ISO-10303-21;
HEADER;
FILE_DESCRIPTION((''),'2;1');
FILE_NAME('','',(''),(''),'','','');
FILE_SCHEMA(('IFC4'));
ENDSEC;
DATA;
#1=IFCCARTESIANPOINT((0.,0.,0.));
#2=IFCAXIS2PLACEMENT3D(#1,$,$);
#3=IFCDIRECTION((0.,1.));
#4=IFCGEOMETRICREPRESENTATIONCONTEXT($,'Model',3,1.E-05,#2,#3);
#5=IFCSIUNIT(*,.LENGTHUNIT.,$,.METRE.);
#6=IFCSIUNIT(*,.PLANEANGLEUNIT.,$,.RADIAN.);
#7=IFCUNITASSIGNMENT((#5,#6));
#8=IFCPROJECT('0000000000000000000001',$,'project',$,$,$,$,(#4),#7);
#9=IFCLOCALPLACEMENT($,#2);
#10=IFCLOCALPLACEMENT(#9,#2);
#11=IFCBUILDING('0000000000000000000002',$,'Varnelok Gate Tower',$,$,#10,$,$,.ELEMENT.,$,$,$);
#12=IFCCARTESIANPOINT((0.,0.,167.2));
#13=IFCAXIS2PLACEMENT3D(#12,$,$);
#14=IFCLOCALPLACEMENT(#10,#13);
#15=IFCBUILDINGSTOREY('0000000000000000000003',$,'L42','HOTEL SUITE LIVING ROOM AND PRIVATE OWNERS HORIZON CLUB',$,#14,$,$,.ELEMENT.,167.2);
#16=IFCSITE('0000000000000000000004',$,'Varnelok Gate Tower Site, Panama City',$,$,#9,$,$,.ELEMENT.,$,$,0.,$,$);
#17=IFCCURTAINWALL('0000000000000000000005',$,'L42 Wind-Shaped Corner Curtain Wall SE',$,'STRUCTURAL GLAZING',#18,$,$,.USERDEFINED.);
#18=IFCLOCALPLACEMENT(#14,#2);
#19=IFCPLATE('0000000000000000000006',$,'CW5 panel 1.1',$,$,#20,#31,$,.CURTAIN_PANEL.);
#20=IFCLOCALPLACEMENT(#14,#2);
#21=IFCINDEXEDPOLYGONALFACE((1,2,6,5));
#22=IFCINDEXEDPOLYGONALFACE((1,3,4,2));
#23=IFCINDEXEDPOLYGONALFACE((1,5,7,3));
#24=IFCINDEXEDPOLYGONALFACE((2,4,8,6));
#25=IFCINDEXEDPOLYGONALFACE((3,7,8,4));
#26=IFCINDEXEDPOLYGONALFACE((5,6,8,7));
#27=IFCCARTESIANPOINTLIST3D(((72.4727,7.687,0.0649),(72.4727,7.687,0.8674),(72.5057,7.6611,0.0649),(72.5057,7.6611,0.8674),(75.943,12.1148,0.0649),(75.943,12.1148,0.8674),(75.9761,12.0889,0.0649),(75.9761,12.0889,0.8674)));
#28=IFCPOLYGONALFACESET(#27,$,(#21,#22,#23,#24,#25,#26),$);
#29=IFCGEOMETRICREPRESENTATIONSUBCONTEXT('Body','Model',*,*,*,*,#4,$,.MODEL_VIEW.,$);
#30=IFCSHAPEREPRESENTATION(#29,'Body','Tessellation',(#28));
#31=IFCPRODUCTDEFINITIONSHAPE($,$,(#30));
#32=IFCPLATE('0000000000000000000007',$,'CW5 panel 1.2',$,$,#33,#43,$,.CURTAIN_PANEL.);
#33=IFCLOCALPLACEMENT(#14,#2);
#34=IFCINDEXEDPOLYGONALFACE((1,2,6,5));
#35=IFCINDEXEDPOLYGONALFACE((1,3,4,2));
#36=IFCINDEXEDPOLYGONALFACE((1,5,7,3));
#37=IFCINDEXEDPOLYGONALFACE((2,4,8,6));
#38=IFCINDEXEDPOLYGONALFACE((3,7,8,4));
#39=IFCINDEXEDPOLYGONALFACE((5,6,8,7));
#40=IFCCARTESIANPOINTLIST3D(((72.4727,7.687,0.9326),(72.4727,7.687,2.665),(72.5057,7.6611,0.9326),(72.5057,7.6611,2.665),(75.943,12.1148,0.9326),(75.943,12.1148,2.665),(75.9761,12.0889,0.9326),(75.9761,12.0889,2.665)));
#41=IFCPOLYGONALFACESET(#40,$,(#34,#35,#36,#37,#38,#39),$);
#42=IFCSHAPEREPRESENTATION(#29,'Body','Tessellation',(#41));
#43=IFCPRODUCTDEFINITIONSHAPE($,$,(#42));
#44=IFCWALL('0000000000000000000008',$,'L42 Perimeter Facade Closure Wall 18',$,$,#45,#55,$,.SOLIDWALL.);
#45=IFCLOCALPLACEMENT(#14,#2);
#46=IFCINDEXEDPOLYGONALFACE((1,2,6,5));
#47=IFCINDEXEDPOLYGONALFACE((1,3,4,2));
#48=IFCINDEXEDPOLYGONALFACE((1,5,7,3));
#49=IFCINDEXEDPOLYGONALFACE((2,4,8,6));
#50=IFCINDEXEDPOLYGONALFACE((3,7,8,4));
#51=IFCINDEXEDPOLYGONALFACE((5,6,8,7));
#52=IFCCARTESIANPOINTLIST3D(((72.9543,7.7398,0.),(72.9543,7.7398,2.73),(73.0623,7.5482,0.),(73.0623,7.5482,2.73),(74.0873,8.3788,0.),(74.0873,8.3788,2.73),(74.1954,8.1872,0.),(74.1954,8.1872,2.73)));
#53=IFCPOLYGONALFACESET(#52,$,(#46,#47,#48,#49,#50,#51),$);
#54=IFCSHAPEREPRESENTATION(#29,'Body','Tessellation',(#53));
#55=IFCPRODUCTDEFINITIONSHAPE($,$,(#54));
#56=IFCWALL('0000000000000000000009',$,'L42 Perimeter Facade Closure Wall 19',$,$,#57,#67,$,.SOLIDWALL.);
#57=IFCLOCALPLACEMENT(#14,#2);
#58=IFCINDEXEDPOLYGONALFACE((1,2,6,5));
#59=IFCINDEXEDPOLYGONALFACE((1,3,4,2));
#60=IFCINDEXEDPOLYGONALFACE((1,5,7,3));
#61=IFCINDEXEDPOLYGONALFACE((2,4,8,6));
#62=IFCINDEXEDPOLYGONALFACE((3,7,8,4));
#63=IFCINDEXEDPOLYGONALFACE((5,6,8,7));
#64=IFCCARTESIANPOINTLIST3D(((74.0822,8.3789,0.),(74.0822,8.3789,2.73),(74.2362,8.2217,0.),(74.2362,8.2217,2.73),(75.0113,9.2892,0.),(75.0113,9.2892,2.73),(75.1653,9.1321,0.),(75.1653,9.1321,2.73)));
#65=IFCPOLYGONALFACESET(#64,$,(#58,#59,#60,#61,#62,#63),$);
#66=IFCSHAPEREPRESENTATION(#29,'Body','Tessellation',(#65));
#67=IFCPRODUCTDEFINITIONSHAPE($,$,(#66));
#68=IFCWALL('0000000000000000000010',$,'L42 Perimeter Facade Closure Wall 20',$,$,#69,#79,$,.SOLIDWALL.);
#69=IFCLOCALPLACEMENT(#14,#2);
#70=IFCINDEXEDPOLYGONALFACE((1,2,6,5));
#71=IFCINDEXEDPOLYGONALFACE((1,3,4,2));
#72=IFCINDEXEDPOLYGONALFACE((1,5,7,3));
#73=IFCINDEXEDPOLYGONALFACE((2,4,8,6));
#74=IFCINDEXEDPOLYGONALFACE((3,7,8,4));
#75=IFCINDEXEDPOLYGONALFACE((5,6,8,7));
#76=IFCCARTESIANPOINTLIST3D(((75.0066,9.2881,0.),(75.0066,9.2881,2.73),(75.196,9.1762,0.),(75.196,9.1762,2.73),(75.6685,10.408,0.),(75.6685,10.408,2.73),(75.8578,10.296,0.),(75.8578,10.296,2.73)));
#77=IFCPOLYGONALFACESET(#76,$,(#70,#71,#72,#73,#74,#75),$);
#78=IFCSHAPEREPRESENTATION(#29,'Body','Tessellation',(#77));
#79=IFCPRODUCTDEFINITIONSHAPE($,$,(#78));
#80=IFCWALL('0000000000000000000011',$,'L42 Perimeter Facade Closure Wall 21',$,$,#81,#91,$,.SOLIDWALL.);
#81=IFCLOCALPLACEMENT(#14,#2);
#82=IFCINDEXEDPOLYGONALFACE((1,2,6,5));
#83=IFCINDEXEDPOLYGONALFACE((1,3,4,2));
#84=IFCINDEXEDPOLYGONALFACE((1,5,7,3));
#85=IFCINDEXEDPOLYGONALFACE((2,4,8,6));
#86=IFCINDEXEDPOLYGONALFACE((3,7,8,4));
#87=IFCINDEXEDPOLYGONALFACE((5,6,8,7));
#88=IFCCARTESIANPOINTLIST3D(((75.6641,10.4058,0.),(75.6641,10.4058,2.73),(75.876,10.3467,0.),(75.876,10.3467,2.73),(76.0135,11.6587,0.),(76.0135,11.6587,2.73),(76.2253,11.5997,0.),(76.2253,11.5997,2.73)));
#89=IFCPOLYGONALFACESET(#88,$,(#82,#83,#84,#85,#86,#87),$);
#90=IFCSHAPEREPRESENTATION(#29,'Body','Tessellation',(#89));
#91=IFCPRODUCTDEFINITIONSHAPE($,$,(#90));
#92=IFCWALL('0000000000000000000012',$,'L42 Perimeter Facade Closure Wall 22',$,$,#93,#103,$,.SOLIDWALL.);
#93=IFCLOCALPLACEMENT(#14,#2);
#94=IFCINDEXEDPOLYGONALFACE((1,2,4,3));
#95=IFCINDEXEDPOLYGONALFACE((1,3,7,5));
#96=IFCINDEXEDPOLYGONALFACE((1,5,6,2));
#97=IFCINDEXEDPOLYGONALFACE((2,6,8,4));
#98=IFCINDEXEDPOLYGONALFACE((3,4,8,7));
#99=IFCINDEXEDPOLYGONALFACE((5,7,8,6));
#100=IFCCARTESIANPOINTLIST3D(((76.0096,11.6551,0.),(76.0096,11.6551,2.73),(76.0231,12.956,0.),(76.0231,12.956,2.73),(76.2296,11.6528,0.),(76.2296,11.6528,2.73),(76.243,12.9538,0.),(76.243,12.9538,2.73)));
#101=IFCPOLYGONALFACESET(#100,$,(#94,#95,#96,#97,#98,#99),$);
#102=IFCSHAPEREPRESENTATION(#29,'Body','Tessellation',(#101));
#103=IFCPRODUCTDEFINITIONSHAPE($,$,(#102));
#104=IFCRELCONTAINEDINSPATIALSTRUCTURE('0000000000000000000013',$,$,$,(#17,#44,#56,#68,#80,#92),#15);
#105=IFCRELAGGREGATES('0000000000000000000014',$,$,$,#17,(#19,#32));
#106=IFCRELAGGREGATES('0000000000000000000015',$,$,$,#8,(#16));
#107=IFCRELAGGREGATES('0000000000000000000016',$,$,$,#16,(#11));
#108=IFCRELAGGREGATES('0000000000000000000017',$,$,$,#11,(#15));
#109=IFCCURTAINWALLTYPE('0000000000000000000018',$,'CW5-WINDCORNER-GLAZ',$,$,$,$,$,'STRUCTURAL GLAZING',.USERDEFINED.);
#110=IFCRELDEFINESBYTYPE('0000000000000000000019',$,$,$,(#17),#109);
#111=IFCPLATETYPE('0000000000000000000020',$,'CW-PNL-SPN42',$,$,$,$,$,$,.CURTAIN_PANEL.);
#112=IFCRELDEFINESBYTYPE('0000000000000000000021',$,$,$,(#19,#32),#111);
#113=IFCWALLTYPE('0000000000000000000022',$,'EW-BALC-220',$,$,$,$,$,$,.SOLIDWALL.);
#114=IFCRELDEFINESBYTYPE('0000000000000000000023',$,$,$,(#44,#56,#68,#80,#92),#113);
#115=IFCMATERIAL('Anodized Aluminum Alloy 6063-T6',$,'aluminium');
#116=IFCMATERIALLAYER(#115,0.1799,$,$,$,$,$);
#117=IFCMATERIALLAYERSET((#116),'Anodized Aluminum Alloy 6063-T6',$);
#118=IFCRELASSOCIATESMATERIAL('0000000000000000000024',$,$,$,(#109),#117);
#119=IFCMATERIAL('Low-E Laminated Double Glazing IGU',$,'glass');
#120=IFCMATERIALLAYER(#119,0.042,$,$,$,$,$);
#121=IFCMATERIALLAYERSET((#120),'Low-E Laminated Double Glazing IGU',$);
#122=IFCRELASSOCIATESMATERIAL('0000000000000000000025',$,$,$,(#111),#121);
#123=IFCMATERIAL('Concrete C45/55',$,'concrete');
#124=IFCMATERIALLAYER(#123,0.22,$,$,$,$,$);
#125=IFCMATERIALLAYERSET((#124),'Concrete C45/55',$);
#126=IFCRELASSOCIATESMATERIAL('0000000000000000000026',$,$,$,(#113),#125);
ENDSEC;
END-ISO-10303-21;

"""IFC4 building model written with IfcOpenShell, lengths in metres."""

from ifc_helpers import new_model, si_unit, direction, frame, frame_2d, origin, origin_2d, place, context, subcontext, project, spatial, rectangle, extrude, source, transform, mapped, material, layer, layer_set, type_object, element, aggregate, save


model = new_model("IFC4")

# Units and contexts
model_context = context("Model", 3, precision=1e-05, world=origin(), true_north=direction((0.0, 1.0)))
body_context = subcontext(model_context, "Body", "Model", "MODEL_VIEW")
ifc_project = project(units=[si_unit("LENGTHUNIT", "METRE"), si_unit("PLANEANGLEUNIT", "RADIAN")], contexts=[model_context])

# Site, building, storey
site_placement = place(None, origin())
site = spatial("IfcSite", under=ifc_project, at=site_placement, Name="Varnelok Gate Tower Site, Panama City", CompositionType="ELEMENT", RefElevation=0.0)
building_placement = place(site_placement, origin())
building = spatial("IfcBuilding", under=site, at=building_placement, Name="Varnelok Gate Tower", CompositionType="ELEMENT")
storey_placement = place(building_placement, frame((0.0, 0.0, 167.2)))
storey = spatial("IfcBuildingStorey", under=building, at=storey_placement, Name="L42", Description="HOTEL SUITE LIVING ROOM AND PRIVATE OWNERS HORIZON CLUB", CompositionType="ELEMENT", Elevation=167.2)

# Curtain wall
ifc_material_1 = material(Name="Anodized Aluminum Alloy 6063-T6", Category="aluminium")
ifc_layer_1 = layer(ifc_material_1, 0.1799)
ifc_layer_set_1 = layer_set([ifc_layer_1], Name="Anodized Aluminum Alloy 6063-T6")
curtain_wall_type_1 = type_object("IfcCurtainWallType", Name="CW5-WINDCORNER-GLAZ", ElementType="STRUCTURAL GLAZING", PredefinedType="USERDEFINED", material=ifc_layer_set_1)
curtain_wall_1_placement = place(storey_placement, origin())
curtain_wall_1 = element("IfcCurtainWall", 1, at=curtain_wall_1_placement, inside=storey, type_object=curtain_wall_type_1, Name="L42 Wind-Shaped Corner Curtain Wall SE", ObjectType="STRUCTURAL GLAZING", PredefinedType="USERDEFINED")

# Shared definitions
ifc_material_2 = material(Name="Low-E Laminated Double Glazing IGU", Category="glass")

# Plates
ifc_layer_2 = layer(ifc_material_2, 0.042)
ifc_layer_set_2 = layer_set([ifc_layer_2], Name="Low-E Laminated Double Glazing IGU")
plate_type_1 = type_object("IfcPlateType", Name="CW-PNL-SPN42", PredefinedType="CURTAIN_PANEL", material=ifc_layer_set_2)
shared_shape_1 = source(origin(), body_context, "Body", "SweptSolid", [
    extrude(rectangle(XDim=5.6257, YDim=0.042, at=origin_2d()), origin(), (0.0, 0.0, 1.0), 0.8025),
])
plate_1_placement = place(storey_placement, frame((74.2244, 9.8879, 0.0649), z_axis=(0.0, 0.0, 1.0), x_axis=(0.616871, 0.787064, 0.0)))
plate_1 = element("IfcPlate", 2, at=plate_1_placement, type_object=plate_type_1, Name="CW5 panel 1.1", PredefinedType="CURTAIN_PANEL", context=body_context, shape_type="MappedRepresentation", body=[
    mapped(shared_shape_1, transform((0.0, 0.0, 0.0), scale=1.0)),
])
shared_shape_2 = source(origin(), body_context, "Body", "SweptSolid", [
    extrude(rectangle(XDim=5.6257, YDim=0.042, at=origin_2d()), origin(), (0.0, 0.0, 1.0), 1.7324),
])
plate_2_placement = place(storey_placement, frame((74.2244, 9.8879, 0.9326), z_axis=(0.0, 0.0, 1.0), x_axis=(0.616871, 0.787064, 0.0)))
plate_2 = element("IfcPlate", 3, at=plate_2_placement, type_object=plate_type_1, Name="CW5 panel 1.2", PredefinedType="CURTAIN_PANEL", context=body_context, shape_type="MappedRepresentation", body=[
    mapped(shared_shape_2, transform((0.0, 0.0, 0.0), scale=1.0)),
])
aggregate(curtain_wall_1, [plate_1, plate_2])

# Walls
ifc_material_3 = material(Name="Concrete C45/55", Category="concrete")
ifc_layer_3 = layer(ifc_material_3, 0.22)
ifc_layer_set_3 = layer_set([ifc_layer_3], Name="Concrete C45/55")
wall_type = type_object("IfcWallType", Name="EW-BALC-220", PredefinedType="SOLIDWALL", material=ifc_layer_set_3)
for number, where, z_axis, x_axis, name in (
    (4, (73.0083, 7.644, 0.0), (0.0, 0.0, 1.0), (0.871059, 0.491179, 0.0), "L42 Perimeter Facade Closure Wall 18"),
    (5, (74.1592, 8.3003, 0.0), (0.0, 0.0, 1.0), (0.714295, 0.699844, 0.0), "L42 Perimeter Facade Closure Wall 19"),
    (6, (75.1013, 9.2322, 0.0), (0.0, 0.0, 1.0), (0.508799, 0.860885, 0.0), "L42 Perimeter Facade Closure Wall 20"),
    (7, (75.77, 10.3762, 0.0), (0.0, 0.0, 1.0), (0.268592, 0.963254, 0.0), "L42 Perimeter Facade Closure Wall 21"),
):
    element("IfcWall", number, at=place(storey_placement, frame(where, z_axis=z_axis, x_axis=x_axis)), inside=storey, type_object=wall_type, Name=name, PredefinedType="SOLIDWALL", context=body_context, shape_type="SweptSolid", body=[
        extrude(rectangle(XDim=1.3008, YDim=0.22, at=frame_2d((0.6504, 0.0))), origin(), (0.0, 0.0, 1.0), 2.73),
    ])
wall_placement = place(storey_placement, frame((76.1196, 11.6541, 0.0), z_axis=(0.0, 0.0, 1.0), x_axis=(0.01032, 0.999947, 0.0)))
element("IfcWall", 8, at=wall_placement, inside=storey, type_object=wall_type, Name="L42 Perimeter Facade Closure Wall 22", PredefinedType="SOLIDWALL", context=body_context, shape_type="SweptSolid", body=[
    extrude(rectangle(XDim=1.301, YDim=0.22, at=frame_2d((0.6504, 0.0))), origin(), (0.0, 0.0, 1.0), 2.73),
])

save(model, "model.ifc")
